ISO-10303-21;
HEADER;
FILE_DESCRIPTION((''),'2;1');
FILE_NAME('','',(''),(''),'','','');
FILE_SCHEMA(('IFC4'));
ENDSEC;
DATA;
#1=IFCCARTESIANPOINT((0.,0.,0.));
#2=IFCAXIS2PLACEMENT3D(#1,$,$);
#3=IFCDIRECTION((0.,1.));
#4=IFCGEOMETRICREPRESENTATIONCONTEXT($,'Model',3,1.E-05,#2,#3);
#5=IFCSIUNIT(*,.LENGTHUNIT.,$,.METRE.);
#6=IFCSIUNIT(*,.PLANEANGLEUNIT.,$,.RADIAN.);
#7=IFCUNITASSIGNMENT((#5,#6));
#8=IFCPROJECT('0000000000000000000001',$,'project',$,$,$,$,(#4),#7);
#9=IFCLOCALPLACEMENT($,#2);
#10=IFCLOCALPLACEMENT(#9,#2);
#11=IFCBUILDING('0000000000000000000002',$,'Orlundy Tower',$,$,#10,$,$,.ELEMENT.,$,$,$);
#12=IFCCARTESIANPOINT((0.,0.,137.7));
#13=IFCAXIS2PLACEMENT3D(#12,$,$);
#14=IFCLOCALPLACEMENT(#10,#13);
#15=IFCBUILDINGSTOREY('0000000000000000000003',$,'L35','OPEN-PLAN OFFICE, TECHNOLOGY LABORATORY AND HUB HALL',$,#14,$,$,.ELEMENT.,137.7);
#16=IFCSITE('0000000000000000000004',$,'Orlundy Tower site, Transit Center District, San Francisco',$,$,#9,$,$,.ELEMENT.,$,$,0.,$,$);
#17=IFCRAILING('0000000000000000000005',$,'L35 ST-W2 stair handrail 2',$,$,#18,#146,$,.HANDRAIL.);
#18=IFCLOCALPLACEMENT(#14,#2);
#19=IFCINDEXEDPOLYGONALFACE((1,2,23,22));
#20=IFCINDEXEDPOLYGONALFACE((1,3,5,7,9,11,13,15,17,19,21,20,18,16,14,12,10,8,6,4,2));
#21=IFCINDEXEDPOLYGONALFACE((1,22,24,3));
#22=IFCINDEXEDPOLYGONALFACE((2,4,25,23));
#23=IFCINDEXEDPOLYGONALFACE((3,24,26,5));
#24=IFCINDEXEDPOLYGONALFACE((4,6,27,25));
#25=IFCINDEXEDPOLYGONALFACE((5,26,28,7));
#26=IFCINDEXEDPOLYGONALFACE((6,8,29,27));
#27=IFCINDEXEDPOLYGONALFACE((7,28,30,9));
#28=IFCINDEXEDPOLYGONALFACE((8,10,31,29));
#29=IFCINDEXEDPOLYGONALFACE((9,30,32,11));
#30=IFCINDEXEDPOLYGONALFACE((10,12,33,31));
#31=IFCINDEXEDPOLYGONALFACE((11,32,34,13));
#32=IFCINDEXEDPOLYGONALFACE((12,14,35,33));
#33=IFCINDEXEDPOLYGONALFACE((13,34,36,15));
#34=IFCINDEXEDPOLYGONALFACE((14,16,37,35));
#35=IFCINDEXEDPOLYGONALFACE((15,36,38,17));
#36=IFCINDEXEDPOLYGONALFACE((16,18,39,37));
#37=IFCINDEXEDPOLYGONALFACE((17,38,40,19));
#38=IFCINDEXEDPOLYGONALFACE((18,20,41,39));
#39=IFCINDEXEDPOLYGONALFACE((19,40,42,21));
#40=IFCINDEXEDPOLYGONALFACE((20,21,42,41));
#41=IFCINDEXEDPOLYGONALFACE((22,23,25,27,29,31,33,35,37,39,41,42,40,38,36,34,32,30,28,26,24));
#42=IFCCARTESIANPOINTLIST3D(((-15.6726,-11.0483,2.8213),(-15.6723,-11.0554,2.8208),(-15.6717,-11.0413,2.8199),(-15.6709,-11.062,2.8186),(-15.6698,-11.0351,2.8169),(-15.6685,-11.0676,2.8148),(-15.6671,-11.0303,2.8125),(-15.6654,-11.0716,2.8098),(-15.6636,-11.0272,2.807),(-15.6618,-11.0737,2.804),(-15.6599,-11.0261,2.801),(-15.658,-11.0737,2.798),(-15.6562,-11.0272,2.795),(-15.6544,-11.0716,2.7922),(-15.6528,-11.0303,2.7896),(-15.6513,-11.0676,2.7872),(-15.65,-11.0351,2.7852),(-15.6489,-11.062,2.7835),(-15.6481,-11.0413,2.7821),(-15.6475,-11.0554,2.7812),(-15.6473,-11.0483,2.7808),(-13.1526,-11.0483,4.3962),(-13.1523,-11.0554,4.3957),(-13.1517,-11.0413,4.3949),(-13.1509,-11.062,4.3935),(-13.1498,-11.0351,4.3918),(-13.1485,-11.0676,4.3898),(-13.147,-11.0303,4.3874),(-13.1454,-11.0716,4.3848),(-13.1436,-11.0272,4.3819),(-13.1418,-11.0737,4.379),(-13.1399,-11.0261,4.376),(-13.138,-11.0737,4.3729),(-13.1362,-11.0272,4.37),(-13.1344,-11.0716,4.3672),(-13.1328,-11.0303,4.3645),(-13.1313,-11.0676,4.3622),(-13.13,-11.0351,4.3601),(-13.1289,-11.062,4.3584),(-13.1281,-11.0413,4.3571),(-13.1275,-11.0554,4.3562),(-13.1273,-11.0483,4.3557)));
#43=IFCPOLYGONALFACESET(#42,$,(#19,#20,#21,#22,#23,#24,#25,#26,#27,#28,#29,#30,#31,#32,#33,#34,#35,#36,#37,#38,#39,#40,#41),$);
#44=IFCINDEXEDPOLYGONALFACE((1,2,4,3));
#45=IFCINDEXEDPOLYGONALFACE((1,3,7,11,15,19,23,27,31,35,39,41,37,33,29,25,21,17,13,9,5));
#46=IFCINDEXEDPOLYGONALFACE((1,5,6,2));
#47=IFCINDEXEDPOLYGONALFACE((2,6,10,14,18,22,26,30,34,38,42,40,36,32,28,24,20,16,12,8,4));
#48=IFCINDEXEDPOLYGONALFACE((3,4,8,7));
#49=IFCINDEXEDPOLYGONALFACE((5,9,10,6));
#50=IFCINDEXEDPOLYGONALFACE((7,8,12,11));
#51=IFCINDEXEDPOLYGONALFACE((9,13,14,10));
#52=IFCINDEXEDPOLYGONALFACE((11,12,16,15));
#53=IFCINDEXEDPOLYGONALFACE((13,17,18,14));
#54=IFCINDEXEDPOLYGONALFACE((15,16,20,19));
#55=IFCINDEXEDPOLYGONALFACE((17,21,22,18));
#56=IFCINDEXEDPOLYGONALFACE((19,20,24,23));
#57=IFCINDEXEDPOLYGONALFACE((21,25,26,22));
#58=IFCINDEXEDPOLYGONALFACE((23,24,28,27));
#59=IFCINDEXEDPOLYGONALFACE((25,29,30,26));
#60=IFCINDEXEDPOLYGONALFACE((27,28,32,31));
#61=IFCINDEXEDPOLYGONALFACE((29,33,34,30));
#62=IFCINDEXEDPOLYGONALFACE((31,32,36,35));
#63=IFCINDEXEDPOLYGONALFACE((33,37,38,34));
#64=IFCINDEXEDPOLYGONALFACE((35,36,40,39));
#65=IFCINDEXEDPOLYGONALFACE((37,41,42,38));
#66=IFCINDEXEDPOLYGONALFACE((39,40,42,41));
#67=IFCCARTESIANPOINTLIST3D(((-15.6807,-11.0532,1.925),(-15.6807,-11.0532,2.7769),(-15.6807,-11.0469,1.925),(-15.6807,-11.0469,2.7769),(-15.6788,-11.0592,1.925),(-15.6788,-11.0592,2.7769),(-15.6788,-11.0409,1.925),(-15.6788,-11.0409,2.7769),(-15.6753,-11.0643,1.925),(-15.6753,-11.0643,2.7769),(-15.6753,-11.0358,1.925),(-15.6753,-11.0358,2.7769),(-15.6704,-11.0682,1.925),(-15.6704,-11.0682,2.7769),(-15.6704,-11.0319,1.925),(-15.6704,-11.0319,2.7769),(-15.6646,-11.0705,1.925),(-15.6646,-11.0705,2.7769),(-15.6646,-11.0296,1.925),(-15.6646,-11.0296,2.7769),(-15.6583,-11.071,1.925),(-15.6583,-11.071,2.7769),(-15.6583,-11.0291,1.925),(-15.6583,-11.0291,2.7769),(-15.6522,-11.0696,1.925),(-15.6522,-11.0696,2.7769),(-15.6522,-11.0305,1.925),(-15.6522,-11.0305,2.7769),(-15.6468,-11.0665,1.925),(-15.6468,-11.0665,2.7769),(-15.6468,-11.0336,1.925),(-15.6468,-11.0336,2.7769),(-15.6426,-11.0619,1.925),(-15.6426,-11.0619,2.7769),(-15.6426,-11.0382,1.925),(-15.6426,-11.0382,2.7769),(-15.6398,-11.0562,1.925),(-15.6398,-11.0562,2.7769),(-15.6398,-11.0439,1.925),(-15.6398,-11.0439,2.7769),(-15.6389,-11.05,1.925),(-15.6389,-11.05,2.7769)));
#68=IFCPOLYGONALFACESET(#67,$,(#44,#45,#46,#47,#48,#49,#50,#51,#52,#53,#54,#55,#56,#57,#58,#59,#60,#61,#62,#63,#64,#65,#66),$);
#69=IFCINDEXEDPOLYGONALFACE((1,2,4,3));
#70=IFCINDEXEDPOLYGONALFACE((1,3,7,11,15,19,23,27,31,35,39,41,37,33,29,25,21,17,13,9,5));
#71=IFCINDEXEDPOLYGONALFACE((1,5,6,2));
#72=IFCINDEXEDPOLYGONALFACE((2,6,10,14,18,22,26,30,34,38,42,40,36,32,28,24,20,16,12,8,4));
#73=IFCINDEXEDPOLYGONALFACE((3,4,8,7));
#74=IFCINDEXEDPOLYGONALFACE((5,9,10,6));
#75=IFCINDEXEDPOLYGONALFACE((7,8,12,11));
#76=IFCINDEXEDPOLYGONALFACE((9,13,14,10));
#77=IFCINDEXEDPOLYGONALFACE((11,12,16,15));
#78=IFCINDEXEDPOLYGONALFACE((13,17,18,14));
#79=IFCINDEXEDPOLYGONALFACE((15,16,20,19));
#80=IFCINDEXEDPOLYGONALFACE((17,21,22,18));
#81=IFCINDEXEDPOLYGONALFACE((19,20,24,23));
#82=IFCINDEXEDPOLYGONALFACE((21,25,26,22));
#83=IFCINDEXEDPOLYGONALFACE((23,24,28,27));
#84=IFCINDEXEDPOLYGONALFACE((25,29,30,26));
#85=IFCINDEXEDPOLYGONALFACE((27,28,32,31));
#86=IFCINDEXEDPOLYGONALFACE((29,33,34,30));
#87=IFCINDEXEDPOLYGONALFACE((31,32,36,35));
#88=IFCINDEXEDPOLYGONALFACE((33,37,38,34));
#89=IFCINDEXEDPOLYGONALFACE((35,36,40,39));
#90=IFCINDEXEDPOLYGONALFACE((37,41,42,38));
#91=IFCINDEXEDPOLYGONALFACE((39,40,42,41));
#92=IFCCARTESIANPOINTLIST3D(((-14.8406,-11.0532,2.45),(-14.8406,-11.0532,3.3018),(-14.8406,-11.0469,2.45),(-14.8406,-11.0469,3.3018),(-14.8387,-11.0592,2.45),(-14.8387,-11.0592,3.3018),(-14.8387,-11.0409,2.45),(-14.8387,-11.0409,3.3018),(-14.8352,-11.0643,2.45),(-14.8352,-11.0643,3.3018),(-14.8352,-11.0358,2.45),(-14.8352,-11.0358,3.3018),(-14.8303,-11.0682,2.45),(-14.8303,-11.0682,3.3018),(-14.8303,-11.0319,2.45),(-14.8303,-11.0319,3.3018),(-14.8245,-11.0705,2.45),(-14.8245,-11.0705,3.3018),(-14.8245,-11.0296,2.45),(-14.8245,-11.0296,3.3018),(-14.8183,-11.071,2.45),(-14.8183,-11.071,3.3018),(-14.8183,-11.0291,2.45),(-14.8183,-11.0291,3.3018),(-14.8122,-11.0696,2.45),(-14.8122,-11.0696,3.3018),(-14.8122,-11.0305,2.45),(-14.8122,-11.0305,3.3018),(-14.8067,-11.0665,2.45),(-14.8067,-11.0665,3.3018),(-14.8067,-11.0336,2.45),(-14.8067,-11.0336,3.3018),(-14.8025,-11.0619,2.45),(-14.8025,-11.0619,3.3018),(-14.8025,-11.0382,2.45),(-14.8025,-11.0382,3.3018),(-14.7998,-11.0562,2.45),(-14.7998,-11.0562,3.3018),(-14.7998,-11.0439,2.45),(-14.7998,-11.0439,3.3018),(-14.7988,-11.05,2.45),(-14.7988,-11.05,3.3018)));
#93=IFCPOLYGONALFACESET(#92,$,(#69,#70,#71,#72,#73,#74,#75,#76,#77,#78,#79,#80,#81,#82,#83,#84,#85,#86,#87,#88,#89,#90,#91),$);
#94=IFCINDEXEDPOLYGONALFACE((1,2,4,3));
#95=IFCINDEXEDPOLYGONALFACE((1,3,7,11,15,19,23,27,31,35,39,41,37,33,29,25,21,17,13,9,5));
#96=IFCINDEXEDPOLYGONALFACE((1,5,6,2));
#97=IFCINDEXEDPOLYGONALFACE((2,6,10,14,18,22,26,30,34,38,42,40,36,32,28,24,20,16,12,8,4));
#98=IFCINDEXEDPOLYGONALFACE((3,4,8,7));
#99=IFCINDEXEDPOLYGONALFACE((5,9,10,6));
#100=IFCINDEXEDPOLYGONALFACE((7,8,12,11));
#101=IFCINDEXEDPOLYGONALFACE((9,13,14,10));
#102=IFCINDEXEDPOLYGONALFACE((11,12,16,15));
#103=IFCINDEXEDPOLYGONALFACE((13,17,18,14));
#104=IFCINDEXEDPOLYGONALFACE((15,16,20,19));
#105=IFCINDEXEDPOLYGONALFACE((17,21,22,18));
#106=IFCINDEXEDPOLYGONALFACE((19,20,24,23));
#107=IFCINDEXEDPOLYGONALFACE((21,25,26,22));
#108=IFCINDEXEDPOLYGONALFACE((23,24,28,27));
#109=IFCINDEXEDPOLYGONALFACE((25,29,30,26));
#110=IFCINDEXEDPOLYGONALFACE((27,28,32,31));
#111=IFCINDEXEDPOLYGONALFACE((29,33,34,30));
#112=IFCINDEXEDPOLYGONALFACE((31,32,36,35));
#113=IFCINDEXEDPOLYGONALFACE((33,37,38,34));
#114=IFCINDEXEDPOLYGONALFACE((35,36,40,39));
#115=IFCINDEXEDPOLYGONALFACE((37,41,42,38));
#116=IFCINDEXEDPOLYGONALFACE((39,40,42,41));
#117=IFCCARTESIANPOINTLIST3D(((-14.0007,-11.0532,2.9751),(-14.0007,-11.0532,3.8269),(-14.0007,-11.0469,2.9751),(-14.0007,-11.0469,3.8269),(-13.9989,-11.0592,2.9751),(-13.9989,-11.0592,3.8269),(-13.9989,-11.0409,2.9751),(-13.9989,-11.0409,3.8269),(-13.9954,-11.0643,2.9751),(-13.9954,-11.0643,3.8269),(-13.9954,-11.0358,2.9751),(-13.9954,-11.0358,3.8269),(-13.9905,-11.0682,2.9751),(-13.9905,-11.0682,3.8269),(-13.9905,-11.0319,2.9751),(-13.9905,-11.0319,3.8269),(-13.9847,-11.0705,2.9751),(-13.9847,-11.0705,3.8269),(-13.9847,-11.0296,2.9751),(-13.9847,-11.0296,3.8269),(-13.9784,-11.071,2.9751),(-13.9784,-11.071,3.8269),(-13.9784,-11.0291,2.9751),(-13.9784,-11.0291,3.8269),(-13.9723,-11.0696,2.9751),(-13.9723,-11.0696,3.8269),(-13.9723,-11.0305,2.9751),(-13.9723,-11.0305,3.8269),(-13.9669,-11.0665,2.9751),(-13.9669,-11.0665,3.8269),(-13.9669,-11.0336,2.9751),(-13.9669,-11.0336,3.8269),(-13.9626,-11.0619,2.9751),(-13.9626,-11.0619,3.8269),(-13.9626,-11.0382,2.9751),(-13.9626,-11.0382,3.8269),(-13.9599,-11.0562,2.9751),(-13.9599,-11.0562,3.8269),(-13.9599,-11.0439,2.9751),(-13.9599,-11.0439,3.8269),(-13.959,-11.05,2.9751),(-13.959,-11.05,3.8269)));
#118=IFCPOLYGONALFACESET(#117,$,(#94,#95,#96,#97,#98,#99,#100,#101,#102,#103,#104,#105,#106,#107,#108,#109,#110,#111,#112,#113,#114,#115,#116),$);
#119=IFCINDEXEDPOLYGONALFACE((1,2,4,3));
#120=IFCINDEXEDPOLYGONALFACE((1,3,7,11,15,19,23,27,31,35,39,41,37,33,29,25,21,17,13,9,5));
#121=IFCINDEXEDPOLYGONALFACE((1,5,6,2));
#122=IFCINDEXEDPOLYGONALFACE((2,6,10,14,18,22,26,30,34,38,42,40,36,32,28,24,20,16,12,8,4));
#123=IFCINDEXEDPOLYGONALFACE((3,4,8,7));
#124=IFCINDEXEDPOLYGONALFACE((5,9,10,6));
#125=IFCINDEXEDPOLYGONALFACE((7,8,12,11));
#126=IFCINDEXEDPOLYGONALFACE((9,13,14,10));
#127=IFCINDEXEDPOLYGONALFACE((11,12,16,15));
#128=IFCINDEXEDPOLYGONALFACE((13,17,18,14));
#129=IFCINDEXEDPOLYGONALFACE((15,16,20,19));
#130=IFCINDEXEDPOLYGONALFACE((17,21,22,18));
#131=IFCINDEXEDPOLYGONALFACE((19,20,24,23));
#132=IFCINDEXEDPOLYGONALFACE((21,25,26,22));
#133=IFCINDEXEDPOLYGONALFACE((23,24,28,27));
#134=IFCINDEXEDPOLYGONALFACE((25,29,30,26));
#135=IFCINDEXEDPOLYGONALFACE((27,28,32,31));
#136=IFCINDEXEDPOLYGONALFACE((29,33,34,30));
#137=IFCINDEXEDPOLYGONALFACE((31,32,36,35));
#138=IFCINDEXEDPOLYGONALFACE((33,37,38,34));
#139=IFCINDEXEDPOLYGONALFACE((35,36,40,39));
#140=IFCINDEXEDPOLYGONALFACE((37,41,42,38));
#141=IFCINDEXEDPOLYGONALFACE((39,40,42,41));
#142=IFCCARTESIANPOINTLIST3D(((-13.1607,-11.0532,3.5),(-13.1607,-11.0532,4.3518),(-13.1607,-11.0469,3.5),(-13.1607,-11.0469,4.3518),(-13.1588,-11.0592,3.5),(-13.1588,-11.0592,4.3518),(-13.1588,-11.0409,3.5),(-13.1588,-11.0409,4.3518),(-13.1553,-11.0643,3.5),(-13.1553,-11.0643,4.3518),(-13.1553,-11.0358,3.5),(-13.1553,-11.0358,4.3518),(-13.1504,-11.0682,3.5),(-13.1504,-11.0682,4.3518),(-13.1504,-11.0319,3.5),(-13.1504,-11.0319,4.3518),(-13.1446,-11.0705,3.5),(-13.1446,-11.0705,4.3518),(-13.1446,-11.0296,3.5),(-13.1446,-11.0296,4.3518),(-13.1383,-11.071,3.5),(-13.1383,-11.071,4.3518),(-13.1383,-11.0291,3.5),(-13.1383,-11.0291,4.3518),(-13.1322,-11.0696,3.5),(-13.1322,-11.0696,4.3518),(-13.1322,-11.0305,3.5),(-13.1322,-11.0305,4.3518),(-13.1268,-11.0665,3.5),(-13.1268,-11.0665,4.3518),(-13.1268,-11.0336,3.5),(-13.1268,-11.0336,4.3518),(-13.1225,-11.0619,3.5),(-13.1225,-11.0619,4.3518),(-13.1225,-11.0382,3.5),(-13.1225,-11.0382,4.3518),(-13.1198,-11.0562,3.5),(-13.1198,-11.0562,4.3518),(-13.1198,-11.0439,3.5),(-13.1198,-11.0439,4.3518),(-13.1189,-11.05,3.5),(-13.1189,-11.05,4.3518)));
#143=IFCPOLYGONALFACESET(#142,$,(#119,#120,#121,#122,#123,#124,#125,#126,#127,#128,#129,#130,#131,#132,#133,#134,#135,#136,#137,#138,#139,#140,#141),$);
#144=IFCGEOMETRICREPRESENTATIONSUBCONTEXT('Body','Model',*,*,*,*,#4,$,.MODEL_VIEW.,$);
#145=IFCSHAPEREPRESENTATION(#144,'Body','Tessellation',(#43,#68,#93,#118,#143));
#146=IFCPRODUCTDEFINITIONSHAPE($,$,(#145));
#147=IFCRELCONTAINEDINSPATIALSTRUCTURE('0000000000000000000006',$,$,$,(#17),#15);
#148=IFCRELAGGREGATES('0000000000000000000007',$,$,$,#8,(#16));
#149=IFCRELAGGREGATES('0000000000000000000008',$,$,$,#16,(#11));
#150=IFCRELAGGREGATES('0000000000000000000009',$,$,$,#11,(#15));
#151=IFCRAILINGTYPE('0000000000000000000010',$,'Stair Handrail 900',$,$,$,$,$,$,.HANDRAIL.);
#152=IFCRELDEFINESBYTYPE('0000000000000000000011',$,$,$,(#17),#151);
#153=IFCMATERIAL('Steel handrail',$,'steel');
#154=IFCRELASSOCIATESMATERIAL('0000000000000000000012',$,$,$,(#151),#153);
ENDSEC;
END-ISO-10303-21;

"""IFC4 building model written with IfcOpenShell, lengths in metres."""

from ifc_helpers import new_model, si_unit, direction, frame, origin, origin_2d, place, context, subcontext, project, spatial, circle, extrude, material, type_object, element, save


model = new_model("IFC4")

# Units and contexts
model_context = context("Model", 3, precision=1e-05, world=origin(), true_north=direction((0.0, 1.0)))
body_context = subcontext(model_context, "Body", "Model", "MODEL_VIEW")
ifc_project = project(units=[si_unit("LENGTHUNIT", "METRE"), si_unit("PLANEANGLEUNIT", "RADIAN")], contexts=[model_context])

# Site, building, storey
site_placement = place(None, origin())
site = spatial("IfcSite", under=ifc_project, at=site_placement, Name="Orlundy Tower site, Transit Center District, San Francisco", CompositionType="ELEMENT", RefElevation=0.0)
building_placement = place(site_placement, origin())
building = spatial("IfcBuilding", under=site, at=building_placement, Name="Orlundy Tower", CompositionType="ELEMENT")
storey_placement = place(building_placement, frame((0.0, 0.0, 137.7)))
storey = spatial("IfcBuildingStorey", under=building, at=storey_placement, Name="L35", Description="OPEN-PLAN OFFICE, TECHNOLOGY LABORATORY AND HUB HALL", CompositionType="ELEMENT", Elevation=137.7)

# Railing
ifc_material_1 = material(Name="Steel handrail", Category="steel")
railing_type = type_object("IfcRailingType", Name="Stair Handrail 900", PredefinedType="HANDRAIL", material=ifc_material_1)
railing_placement = place(storey_placement, frame((-15.6599, -11.05, 1.925)))
element("IfcRailing", 1, at=railing_placement, inside=storey, type_object=railing_type, Name="L35 ST-W2 stair handrail 2", PredefinedType="HANDRAIL", context=body_context, shape_type="SweptSolid", body=[
    extrude(circle(Radius=0.0239, at=origin_2d()), frame((0.0, 0.0, 0.876), z_axis=(0.848008, 0.0, 0.529984), x_axis=(0.0, 1.0, 0.0)), (0.0, 0.0, 1.0), 2.9717),
    extrude(circle(Radius=0.021, at=origin_2d()), origin(), (0.0, 0.0, 1.0), 0.8518),
    extrude(circle(Radius=0.021, at=origin_2d()), frame((0.8401, 0.0, 0.5249)), (0.0, 0.0, 1.0), 0.8518),
    extrude(circle(Radius=0.021, at=origin_2d()), frame((1.6799, 0.0, 1.05)), (0.0, 0.0, 1.0), 0.8518),
    extrude(circle(Radius=0.021, at=origin_2d()), frame((2.52, 0.0, 1.575)), (0.0, 0.0, 1.0), 0.8518),
])

save(model, "model.ifc")
